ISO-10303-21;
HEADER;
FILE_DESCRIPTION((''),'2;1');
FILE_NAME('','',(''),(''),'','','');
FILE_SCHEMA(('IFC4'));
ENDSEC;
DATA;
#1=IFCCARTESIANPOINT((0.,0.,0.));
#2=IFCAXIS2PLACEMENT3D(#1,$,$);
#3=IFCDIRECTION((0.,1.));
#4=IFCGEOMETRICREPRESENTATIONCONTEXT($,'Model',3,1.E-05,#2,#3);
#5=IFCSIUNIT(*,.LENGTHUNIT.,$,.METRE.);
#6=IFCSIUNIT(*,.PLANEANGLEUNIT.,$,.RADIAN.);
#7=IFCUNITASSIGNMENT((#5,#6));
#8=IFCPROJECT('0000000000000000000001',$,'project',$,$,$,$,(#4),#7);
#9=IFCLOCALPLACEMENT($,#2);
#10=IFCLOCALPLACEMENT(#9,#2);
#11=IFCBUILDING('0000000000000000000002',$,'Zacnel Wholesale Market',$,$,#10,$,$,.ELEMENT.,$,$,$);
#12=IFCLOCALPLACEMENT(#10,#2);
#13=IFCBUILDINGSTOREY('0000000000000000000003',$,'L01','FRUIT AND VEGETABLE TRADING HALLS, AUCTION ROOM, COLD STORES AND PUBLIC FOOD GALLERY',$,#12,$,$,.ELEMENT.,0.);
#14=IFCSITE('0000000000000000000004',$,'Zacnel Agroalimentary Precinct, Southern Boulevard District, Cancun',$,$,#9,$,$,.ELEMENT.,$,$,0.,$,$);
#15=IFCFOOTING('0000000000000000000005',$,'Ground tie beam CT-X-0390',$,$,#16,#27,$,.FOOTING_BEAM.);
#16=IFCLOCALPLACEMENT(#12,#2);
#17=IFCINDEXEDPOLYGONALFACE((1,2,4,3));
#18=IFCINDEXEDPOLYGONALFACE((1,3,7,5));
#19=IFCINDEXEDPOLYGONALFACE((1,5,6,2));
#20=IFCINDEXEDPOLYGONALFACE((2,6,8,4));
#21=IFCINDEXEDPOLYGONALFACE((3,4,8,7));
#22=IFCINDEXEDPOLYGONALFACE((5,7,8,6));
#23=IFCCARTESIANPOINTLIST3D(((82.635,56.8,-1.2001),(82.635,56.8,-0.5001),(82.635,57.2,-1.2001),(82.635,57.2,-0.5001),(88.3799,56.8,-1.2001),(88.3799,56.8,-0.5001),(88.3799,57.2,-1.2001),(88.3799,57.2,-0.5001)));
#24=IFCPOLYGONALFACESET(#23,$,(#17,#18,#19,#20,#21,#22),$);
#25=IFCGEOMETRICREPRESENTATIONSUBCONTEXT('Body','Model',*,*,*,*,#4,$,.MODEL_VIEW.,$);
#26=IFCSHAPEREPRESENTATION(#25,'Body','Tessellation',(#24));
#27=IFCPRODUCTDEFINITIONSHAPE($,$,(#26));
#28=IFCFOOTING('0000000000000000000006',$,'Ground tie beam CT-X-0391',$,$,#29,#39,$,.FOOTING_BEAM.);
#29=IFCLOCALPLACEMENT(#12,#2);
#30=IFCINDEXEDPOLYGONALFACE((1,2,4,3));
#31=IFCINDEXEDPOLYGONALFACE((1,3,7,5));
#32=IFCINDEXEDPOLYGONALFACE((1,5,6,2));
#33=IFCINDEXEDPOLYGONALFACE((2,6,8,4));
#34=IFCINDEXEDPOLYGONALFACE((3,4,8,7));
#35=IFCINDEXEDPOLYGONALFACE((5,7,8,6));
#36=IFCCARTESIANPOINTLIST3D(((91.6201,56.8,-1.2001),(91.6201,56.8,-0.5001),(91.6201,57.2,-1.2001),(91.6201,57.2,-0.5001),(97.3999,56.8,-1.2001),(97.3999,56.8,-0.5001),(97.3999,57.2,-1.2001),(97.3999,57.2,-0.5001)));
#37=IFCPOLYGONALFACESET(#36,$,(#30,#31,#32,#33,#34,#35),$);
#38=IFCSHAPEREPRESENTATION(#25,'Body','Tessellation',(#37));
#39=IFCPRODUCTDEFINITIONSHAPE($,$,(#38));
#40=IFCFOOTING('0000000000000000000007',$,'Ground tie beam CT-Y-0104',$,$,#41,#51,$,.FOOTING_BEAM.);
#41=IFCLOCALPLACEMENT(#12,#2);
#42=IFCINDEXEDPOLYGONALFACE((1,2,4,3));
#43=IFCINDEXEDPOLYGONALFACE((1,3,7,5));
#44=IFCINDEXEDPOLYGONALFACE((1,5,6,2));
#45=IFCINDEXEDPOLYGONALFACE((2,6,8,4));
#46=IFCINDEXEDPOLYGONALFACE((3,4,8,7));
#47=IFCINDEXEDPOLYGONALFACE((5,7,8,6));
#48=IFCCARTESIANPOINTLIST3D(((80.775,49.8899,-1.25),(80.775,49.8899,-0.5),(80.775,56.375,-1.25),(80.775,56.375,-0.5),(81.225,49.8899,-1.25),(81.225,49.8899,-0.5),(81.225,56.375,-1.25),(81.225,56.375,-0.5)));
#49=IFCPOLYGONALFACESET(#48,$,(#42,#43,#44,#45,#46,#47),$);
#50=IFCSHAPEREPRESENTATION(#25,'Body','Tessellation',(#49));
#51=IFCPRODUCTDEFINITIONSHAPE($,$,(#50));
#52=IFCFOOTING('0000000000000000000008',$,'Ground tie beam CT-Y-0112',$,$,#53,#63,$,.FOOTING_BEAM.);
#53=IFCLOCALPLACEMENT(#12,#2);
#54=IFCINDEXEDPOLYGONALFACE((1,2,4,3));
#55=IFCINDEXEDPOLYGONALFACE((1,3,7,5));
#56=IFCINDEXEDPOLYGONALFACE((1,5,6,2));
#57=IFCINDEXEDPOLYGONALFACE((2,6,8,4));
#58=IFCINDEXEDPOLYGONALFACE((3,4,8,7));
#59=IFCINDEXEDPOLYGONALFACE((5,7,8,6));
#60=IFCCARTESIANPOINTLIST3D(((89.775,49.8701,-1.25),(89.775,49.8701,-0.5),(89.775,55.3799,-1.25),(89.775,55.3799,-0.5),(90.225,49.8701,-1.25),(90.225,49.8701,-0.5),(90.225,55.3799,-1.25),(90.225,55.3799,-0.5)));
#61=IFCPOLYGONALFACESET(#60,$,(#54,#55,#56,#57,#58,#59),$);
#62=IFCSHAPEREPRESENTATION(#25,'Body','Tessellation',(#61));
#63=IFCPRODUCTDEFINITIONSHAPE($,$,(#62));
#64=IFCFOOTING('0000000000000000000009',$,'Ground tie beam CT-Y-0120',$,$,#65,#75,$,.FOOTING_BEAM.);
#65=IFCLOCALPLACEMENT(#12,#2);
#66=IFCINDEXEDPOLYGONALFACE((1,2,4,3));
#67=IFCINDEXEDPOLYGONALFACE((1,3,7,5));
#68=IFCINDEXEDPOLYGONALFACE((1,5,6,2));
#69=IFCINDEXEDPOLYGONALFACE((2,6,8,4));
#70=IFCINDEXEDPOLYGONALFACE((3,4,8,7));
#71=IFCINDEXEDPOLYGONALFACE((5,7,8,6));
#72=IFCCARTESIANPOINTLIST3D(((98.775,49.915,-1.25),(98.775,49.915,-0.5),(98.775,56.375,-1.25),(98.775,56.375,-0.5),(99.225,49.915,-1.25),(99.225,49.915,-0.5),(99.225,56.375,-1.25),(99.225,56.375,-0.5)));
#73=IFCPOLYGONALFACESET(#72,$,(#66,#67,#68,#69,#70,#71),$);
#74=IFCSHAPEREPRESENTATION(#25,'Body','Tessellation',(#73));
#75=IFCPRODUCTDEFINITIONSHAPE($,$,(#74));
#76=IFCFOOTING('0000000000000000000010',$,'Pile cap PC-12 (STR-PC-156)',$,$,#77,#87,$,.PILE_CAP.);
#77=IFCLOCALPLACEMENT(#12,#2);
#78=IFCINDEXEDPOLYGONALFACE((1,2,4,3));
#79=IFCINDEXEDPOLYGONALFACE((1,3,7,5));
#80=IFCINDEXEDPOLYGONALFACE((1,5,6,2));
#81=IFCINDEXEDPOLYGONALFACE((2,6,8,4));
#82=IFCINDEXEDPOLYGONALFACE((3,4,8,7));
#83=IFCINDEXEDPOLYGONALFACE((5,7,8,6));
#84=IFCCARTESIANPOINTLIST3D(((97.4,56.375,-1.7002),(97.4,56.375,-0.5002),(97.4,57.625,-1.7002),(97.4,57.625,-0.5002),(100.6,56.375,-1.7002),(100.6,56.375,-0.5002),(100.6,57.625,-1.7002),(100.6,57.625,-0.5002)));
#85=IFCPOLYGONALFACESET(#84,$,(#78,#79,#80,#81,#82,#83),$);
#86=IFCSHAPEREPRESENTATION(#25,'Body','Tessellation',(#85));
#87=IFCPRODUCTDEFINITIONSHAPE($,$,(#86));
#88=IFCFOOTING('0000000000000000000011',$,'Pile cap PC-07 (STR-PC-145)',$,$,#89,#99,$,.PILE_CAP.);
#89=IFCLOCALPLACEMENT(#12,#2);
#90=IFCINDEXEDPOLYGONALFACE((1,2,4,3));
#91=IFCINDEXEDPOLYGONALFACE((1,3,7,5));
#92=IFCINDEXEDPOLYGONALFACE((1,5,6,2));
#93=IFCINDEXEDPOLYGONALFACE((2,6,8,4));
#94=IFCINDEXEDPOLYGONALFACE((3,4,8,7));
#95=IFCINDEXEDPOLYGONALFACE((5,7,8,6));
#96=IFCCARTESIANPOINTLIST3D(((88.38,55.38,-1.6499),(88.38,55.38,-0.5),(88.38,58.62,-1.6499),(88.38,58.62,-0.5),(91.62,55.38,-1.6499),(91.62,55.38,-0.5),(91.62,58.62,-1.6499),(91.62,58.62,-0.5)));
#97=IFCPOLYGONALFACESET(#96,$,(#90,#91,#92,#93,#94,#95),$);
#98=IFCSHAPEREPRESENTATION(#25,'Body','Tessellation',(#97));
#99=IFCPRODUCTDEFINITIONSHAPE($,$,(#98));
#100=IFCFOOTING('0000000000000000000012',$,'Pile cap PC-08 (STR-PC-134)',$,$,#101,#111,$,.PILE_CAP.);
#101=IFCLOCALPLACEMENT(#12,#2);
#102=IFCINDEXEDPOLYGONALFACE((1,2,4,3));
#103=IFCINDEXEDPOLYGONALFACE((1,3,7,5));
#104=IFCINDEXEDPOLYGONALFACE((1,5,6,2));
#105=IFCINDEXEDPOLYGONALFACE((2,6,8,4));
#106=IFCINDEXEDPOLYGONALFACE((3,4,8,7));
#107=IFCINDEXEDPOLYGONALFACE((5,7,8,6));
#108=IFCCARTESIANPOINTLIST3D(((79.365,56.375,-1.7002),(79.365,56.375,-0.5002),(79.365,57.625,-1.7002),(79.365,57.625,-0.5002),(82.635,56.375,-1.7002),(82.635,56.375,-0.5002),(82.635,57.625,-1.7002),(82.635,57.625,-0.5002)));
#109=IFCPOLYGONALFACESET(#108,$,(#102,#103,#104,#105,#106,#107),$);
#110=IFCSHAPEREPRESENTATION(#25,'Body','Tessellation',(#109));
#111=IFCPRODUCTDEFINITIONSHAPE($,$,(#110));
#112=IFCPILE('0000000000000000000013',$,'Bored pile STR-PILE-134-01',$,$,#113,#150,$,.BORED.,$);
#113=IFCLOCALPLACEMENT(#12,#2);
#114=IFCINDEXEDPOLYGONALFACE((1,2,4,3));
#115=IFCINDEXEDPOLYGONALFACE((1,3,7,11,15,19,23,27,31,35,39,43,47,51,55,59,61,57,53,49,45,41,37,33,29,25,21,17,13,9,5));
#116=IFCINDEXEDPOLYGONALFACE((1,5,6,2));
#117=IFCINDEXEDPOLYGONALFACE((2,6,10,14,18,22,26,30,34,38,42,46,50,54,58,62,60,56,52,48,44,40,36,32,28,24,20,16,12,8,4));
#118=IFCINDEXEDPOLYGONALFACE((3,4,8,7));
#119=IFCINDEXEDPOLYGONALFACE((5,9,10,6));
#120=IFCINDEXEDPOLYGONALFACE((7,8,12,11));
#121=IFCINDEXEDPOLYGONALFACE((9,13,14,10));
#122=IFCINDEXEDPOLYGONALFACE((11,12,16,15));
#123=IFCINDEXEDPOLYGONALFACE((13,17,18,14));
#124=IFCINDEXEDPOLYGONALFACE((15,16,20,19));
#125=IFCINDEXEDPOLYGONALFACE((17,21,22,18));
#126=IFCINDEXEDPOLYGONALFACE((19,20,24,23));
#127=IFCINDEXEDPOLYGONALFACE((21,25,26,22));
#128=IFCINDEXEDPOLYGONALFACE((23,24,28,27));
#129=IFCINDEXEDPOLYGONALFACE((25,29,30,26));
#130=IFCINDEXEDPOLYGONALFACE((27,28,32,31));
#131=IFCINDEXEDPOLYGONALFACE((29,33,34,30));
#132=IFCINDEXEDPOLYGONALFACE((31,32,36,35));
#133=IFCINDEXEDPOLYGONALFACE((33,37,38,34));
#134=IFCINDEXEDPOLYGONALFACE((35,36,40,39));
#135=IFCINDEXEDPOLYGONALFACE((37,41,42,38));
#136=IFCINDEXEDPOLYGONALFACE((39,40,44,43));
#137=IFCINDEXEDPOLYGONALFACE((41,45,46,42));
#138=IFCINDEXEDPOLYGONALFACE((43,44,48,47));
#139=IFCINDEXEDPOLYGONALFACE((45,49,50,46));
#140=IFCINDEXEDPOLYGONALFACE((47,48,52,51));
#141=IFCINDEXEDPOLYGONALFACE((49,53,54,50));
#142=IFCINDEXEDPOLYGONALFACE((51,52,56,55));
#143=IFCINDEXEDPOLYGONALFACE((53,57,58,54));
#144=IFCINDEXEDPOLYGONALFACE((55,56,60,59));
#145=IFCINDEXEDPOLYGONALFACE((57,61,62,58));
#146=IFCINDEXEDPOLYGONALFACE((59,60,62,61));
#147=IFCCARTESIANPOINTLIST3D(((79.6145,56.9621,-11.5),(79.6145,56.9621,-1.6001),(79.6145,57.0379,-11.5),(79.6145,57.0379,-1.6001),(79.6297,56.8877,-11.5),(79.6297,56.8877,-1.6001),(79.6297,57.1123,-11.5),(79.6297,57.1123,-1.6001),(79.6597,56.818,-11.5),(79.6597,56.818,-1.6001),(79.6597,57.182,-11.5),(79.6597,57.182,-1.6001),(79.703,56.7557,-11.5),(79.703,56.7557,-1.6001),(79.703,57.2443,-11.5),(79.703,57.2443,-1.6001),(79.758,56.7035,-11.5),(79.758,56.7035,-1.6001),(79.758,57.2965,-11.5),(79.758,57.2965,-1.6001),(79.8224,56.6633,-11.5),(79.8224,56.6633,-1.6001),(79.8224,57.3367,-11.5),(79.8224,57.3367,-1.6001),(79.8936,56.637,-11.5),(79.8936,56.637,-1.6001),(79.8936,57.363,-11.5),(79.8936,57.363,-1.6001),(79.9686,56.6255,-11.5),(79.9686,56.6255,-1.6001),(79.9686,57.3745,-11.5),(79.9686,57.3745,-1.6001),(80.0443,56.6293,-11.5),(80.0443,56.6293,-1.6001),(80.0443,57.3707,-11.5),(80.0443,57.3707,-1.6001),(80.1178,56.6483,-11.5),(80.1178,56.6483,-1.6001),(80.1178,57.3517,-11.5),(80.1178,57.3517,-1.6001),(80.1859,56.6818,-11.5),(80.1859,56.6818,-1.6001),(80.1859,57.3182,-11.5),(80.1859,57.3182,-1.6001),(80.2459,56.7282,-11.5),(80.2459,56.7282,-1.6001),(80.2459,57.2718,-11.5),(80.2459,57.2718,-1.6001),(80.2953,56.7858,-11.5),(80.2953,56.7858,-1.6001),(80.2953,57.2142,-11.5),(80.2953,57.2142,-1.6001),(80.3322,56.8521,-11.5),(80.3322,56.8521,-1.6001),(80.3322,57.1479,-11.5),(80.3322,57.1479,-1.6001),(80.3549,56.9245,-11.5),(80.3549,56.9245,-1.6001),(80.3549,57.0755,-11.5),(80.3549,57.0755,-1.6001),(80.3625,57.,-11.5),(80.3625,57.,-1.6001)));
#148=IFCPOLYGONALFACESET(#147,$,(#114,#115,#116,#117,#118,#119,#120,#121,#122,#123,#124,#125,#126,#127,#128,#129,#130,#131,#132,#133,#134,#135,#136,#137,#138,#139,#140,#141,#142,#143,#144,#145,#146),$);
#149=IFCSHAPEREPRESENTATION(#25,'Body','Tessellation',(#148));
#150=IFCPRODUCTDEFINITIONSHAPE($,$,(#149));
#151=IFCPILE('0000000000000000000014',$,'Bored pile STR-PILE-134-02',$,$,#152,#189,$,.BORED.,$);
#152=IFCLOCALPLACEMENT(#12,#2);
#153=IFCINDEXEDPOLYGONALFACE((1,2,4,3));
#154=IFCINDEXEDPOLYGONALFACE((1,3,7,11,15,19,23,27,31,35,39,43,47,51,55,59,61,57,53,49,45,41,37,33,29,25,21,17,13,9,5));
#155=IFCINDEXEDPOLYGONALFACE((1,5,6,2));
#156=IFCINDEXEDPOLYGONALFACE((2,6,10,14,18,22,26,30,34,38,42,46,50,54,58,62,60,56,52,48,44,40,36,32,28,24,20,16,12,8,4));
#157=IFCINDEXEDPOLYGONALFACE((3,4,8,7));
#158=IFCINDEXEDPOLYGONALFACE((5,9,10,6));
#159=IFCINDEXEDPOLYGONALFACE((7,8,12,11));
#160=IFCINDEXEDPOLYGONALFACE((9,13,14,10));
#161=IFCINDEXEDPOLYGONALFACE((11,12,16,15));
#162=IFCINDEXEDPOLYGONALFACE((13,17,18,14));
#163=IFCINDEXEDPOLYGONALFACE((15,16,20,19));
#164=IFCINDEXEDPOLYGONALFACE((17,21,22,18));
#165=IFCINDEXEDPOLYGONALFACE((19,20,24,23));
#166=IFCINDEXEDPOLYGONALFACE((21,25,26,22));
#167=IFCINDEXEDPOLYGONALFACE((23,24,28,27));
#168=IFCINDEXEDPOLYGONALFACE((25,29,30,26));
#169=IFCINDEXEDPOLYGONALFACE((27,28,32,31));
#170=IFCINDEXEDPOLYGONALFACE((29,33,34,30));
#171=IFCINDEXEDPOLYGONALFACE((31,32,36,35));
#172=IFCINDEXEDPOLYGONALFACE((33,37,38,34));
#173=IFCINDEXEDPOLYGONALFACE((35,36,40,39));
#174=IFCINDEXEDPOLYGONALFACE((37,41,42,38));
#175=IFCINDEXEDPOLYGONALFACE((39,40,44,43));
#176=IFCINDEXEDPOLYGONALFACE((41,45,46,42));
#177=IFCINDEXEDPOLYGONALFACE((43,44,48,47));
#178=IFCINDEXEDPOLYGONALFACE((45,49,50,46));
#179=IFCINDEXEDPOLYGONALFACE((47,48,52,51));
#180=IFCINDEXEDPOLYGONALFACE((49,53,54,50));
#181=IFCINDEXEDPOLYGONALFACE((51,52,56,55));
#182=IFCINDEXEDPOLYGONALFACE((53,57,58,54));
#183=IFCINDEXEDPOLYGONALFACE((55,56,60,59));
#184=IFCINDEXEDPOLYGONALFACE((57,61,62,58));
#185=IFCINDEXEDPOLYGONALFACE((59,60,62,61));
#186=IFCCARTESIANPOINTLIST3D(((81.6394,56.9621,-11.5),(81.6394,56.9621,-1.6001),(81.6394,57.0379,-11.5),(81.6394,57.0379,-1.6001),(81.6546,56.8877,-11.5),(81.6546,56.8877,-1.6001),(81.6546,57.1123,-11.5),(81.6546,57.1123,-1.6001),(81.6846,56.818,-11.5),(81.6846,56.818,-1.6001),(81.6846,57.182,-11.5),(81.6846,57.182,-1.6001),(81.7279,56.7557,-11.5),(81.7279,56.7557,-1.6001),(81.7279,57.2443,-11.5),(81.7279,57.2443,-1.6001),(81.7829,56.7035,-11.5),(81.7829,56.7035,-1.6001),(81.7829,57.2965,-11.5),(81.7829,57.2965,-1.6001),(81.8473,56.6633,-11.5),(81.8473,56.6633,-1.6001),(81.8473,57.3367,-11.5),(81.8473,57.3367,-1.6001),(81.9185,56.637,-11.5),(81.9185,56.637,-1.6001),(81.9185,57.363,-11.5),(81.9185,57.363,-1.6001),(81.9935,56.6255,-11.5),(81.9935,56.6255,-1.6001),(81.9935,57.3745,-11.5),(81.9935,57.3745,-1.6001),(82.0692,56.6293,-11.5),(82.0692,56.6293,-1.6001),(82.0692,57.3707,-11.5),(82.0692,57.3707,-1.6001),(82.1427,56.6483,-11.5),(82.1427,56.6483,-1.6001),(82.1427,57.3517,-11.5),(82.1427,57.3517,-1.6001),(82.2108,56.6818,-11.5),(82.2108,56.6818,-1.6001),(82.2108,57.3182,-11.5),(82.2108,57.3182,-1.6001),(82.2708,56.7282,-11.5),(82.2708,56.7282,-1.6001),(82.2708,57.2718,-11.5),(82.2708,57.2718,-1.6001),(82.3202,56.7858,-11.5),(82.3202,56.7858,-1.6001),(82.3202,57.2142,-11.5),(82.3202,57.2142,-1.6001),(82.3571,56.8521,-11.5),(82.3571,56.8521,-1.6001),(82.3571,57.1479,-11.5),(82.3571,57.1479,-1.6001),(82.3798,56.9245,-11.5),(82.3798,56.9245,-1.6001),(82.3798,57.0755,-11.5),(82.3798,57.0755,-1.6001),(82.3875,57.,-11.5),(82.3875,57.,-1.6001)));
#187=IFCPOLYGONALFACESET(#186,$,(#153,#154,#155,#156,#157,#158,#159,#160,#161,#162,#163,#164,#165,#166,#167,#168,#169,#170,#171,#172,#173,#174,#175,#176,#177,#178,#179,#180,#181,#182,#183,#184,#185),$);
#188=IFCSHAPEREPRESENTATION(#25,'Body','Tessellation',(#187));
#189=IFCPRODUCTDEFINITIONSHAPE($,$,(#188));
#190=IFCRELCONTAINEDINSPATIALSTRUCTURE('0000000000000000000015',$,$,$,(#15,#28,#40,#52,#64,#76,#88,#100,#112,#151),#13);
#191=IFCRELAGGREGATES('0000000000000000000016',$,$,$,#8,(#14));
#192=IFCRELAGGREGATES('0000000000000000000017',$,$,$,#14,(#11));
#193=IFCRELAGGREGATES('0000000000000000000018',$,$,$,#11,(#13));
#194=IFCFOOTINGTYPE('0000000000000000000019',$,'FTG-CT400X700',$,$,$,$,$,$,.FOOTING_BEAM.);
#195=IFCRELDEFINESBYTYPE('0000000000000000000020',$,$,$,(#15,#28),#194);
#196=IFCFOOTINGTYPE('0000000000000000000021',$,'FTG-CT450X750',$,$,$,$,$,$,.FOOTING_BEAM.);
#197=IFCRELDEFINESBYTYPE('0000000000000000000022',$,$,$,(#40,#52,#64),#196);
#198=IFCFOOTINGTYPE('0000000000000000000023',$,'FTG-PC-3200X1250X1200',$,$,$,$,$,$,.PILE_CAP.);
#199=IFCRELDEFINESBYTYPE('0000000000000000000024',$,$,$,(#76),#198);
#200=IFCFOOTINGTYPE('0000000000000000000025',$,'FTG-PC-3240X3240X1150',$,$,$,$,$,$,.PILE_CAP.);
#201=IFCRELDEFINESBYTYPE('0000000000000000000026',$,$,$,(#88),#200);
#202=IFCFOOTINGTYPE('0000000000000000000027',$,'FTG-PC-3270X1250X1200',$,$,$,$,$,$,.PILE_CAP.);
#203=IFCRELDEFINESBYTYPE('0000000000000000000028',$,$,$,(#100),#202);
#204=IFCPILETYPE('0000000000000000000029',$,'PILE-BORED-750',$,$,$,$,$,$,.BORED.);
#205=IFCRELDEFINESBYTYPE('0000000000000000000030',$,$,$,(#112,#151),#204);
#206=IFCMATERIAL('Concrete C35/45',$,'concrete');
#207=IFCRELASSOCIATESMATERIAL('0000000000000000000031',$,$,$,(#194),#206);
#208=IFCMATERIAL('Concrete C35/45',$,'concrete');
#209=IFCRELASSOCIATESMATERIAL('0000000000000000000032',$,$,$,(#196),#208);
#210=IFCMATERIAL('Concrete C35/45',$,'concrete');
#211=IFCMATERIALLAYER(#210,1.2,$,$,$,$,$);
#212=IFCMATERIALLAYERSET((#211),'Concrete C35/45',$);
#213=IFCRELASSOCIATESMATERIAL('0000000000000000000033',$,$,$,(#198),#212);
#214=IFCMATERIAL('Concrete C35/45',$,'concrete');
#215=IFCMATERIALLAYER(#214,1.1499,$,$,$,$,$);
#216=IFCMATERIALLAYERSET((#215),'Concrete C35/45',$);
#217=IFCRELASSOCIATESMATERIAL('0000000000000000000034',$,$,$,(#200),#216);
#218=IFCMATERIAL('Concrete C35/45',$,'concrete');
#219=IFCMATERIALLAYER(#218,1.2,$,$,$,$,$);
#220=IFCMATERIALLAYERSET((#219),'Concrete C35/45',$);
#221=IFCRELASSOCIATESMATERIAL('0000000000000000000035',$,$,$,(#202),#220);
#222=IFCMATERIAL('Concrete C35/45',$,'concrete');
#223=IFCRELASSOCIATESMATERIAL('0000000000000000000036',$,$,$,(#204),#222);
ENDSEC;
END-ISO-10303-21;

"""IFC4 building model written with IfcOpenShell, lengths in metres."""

from ifc_helpers import new_model, si_unit, direction, frame, origin, origin_2d, place, context, subcontext, project, spatial, rectangle, circle, extrude, material, layer, layer_set, material_profile, profile_set, type_object, element, save


model = new_model("IFC4")

# Units and contexts
model_context = context("Model", 3, precision=1e-05, world=origin(), true_north=direction((0.0, 1.0)))
body_context = subcontext(model_context, "Body", "Model", "MODEL_VIEW")
ifc_project = project(units=[si_unit("LENGTHUNIT", "METRE"), si_unit("PLANEANGLEUNIT", "RADIAN")], contexts=[model_context])

# Site, building, storey
site_placement = place(None, origin())
site = spatial("IfcSite", under=ifc_project, at=site_placement, Name="Zacnel Agroalimentary Precinct, Southern Boulevard District, Cancun", CompositionType="ELEMENT", RefElevation=0.0)
building_placement = place(site_placement, origin())
building = spatial("IfcBuilding", under=site, at=building_placement, Name="Zacnel Wholesale Market", CompositionType="ELEMENT")
storey_placement = place(building_placement, origin())
storey = spatial("IfcBuildingStorey", under=building, at=storey_placement, Name="L01", Description="FRUIT AND VEGETABLE TRADING HALLS, AUCTION ROOM, COLD STORES AND PUBLIC FOOD GALLERY", CompositionType="ELEMENT", Elevation=0.0)

# Footings
ifc_material_1 = material(Name="Concrete C35/45", Category="concrete")
ifc_material_profile_1 = material_profile(ifc_material_1, rectangle(XDim=0.3999, YDim=0.7, at=origin_2d()), Name="CT 400x700")
ifc_profile_set_1 = profile_set([ifc_material_profile_1], Name="Concrete C35/45")
footing_type_1 = type_object("IfcFootingType", Name="FTG-CT400X700", PredefinedType="FOOTING_BEAM", material=ifc_profile_set_1)
footing_1_placement = place(storey_placement, frame((82.635, 57.0, -0.8501), z_axis=(1.0, 0.0, 0.0), x_axis=(0.0, 1.0, 0.0)))
element("IfcFooting", 1, at=footing_1_placement, inside=storey, type_object=footing_type_1, Name="Ground tie beam CT-X-0390", PredefinedType="FOOTING_BEAM", context=body_context, shape_type="SweptSolid", body=[
    extrude(rectangle(XDim=0.3999, YDim=0.7, at=origin_2d()), origin(), (0.0, 0.0, 1.0), 5.7449),
])
footing_2_placement = place(storey_placement, frame((91.6201, 57.0, -0.8501), z_axis=(1.0, 0.0, 0.0), x_axis=(0.0, 1.0, 0.0)))
element("IfcFooting", 2, at=footing_2_placement, inside=storey, type_object=footing_type_1, Name="Ground tie beam CT-X-0391", PredefinedType="FOOTING_BEAM", context=body_context, shape_type="SweptSolid", body=[
    extrude(rectangle(XDim=0.3999, YDim=0.7, at=origin_2d()), origin(), (0.0, 0.0, 1.0), 5.7798),
])
ifc_material_2 = material(Name="Concrete C35/45", Category="concrete")
ifc_material_profile_2 = material_profile(ifc_material_2, rectangle(XDim=0.45, YDim=0.75, at=origin_2d()), Name="CT 450x750")
ifc_profile_set_2 = profile_set([ifc_material_profile_2], Name="Concrete C35/45")
footing_type_2 = type_object("IfcFootingType", Name="FTG-CT450X750", PredefinedType="FOOTING_BEAM", material=ifc_profile_set_2)
footing_3_placement = place(storey_placement, frame((81.0, 49.8899, -0.875), z_axis=(0.0, 1.0, 0.0), x_axis=(-1.0, 0.0, 0.0)))
element("IfcFooting", 3, at=footing_3_placement, inside=storey, type_object=footing_type_2, Name="Ground tie beam CT-Y-0104", PredefinedType="FOOTING_BEAM", context=body_context, shape_type="SweptSolid", body=[
    extrude(rectangle(XDim=0.45, YDim=0.75, at=origin_2d()), origin(), (0.0, 0.0, 1.0), 6.4851),
])
footing_4_placement = place(storey_placement, frame((90.0, 49.8701, -0.875), z_axis=(0.0, 1.0, 0.0), x_axis=(-1.0, 0.0, 0.0)))
element("IfcFooting", 4, at=footing_4_placement, inside=storey, type_object=footing_type_2, Name="Ground tie beam CT-Y-0112", PredefinedType="FOOTING_BEAM", context=body_context, shape_type="SweptSolid", body=[
    extrude(rectangle(XDim=0.45, YDim=0.75, at=origin_2d()), origin(), (0.0, 0.0, 1.0), 5.5098),
])
footing_5_placement = place(storey_placement, frame((99.0, 49.915, -0.875), z_axis=(0.0, 1.0, 0.0), x_axis=(-1.0, 0.0, 0.0)))
element("IfcFooting", 5, at=footing_5_placement, inside=storey, type_object=footing_type_2, Name="Ground tie beam CT-Y-0120", PredefinedType="FOOTING_BEAM", context=body_context, shape_type="SweptSolid", body=[
    extrude(rectangle(XDim=0.45, YDim=0.75, at=origin_2d()), origin(), (0.0, 0.0, 1.0), 6.46),
])
ifc_material_3 = material(Name="Concrete C35/45", Category="concrete")
ifc_layer_1 = layer(ifc_material_3, 1.2)
ifc_layer_set_1 = layer_set([ifc_layer_1], Name="Concrete C35/45")
footing_type_3 = type_object("IfcFootingType", Name="FTG-PC-3200X1250X1200", PredefinedType="PILE_CAP", material=ifc_layer_set_1)
footing_6_placement = place(storey_placement, frame((99.0, 57.0, -1.7002), z_axis=(0.0, 0.0, 1.0), x_axis=(1.0, 0.0, 0.0)))
element("IfcFooting", 6, at=footing_6_placement, inside=storey, type_object=footing_type_3, Name="Pile cap PC-12 (STR-PC-156)", PredefinedType="PILE_CAP", context=body_context, shape_type="SweptSolid", body=[
    extrude(rectangle(XDim=3.2, YDim=1.25, at=origin_2d()), origin(), (0.0, 0.0, 1.0), 1.2),
])
ifc_material_4 = material(Name="Concrete C35/45", Category="concrete")
ifc_layer_2 = layer(ifc_material_4, 1.1499)
ifc_layer_set_2 = layer_set([ifc_layer_2], Name="Concrete C35/45")
footing_type_4 = type_object("IfcFootingType", Name="FTG-PC-3240X3240X1150", PredefinedType="PILE_CAP", material=ifc_layer_set_2)
footing_7_placement = place(storey_placement, frame((90.0, 57.0, -1.6499), z_axis=(0.0, 0.0, 1.0), x_axis=(1.0, 0.0, 0.0)))
element("IfcFooting", 7, at=footing_7_placement, inside=storey, type_object=footing_type_4, Name="Pile cap PC-07 (STR-PC-145)", PredefinedType="PILE_CAP", context=body_context, shape_type="SweptSolid", body=[
    extrude(rectangle(XDim=3.24, YDim=3.24, at=origin_2d()), origin(), (0.0, 0.0, 1.0), 1.1499),
])
ifc_material_5 = material(Name="Concrete C35/45", Category="concrete")
ifc_layer_3 = layer(ifc_material_5, 1.2)
ifc_layer_set_3 = layer_set([ifc_layer_3], Name="Concrete C35/45")
footing_type_5 = type_object("IfcFootingType", Name="FTG-PC-3270X1250X1200", PredefinedType="PILE_CAP", material=ifc_layer_set_3)
footing_8_placement = place(storey_placement, frame((81.0, 57.0, -1.7002), z_axis=(0.0, 0.0, 1.0), x_axis=(1.0, 0.0, 0.0)))
element("IfcFooting", 8, at=footing_8_placement, inside=storey, type_object=footing_type_5, Name="Pile cap PC-08 (STR-PC-134)", PredefinedType="PILE_CAP", context=body_context, shape_type="SweptSolid", body=[
    extrude(rectangle(XDim=3.27, YDim=1.25, at=origin_2d()), origin(), (0.0, 0.0, 1.0), 1.2),
])

# Piles
ifc_material_6 = material(Name="Concrete C35/45", Category="concrete")
ifc_material_profile_3 = material_profile(ifc_material_6, circle(Radius=0.375, at=origin_2d()), Name="BORED PILE D750")
ifc_profile_set_3 = profile_set([ifc_material_profile_3], Name="Concrete C35/45")
pile_type_1 = type_object("IfcPileType", Name="PILE-BORED-750", PredefinedType="BORED", material=ifc_profile_set_3)
for number, where, z_axis, x_axis, name in (
    (9, (79.9875, 57.0, -1.6001), (0.0, 0.0, -1.0), (1.0, 0.0, 0.0), "Bored pile STR-PILE-134-01"),
    (10, (82.0125, 57.0, -1.6001), (0.0, 0.0, -1.0), (1.0, 0.0, 0.0), "Bored pile STR-PILE-134-02"),
):
    element("IfcPile", number, at=place(storey_placement, frame(where, z_axis=z_axis, x_axis=x_axis)), inside=storey, type_object=pile_type_1, Name=name, PredefinedType="BORED", context=body_context, shape_type="SweptSolid", body=[
        extrude(circle(Radius=0.375, at=origin_2d()), origin(), (0.0, 0.0, 1.0), 9.8999),
    ])

save(model, "model.ifc")
